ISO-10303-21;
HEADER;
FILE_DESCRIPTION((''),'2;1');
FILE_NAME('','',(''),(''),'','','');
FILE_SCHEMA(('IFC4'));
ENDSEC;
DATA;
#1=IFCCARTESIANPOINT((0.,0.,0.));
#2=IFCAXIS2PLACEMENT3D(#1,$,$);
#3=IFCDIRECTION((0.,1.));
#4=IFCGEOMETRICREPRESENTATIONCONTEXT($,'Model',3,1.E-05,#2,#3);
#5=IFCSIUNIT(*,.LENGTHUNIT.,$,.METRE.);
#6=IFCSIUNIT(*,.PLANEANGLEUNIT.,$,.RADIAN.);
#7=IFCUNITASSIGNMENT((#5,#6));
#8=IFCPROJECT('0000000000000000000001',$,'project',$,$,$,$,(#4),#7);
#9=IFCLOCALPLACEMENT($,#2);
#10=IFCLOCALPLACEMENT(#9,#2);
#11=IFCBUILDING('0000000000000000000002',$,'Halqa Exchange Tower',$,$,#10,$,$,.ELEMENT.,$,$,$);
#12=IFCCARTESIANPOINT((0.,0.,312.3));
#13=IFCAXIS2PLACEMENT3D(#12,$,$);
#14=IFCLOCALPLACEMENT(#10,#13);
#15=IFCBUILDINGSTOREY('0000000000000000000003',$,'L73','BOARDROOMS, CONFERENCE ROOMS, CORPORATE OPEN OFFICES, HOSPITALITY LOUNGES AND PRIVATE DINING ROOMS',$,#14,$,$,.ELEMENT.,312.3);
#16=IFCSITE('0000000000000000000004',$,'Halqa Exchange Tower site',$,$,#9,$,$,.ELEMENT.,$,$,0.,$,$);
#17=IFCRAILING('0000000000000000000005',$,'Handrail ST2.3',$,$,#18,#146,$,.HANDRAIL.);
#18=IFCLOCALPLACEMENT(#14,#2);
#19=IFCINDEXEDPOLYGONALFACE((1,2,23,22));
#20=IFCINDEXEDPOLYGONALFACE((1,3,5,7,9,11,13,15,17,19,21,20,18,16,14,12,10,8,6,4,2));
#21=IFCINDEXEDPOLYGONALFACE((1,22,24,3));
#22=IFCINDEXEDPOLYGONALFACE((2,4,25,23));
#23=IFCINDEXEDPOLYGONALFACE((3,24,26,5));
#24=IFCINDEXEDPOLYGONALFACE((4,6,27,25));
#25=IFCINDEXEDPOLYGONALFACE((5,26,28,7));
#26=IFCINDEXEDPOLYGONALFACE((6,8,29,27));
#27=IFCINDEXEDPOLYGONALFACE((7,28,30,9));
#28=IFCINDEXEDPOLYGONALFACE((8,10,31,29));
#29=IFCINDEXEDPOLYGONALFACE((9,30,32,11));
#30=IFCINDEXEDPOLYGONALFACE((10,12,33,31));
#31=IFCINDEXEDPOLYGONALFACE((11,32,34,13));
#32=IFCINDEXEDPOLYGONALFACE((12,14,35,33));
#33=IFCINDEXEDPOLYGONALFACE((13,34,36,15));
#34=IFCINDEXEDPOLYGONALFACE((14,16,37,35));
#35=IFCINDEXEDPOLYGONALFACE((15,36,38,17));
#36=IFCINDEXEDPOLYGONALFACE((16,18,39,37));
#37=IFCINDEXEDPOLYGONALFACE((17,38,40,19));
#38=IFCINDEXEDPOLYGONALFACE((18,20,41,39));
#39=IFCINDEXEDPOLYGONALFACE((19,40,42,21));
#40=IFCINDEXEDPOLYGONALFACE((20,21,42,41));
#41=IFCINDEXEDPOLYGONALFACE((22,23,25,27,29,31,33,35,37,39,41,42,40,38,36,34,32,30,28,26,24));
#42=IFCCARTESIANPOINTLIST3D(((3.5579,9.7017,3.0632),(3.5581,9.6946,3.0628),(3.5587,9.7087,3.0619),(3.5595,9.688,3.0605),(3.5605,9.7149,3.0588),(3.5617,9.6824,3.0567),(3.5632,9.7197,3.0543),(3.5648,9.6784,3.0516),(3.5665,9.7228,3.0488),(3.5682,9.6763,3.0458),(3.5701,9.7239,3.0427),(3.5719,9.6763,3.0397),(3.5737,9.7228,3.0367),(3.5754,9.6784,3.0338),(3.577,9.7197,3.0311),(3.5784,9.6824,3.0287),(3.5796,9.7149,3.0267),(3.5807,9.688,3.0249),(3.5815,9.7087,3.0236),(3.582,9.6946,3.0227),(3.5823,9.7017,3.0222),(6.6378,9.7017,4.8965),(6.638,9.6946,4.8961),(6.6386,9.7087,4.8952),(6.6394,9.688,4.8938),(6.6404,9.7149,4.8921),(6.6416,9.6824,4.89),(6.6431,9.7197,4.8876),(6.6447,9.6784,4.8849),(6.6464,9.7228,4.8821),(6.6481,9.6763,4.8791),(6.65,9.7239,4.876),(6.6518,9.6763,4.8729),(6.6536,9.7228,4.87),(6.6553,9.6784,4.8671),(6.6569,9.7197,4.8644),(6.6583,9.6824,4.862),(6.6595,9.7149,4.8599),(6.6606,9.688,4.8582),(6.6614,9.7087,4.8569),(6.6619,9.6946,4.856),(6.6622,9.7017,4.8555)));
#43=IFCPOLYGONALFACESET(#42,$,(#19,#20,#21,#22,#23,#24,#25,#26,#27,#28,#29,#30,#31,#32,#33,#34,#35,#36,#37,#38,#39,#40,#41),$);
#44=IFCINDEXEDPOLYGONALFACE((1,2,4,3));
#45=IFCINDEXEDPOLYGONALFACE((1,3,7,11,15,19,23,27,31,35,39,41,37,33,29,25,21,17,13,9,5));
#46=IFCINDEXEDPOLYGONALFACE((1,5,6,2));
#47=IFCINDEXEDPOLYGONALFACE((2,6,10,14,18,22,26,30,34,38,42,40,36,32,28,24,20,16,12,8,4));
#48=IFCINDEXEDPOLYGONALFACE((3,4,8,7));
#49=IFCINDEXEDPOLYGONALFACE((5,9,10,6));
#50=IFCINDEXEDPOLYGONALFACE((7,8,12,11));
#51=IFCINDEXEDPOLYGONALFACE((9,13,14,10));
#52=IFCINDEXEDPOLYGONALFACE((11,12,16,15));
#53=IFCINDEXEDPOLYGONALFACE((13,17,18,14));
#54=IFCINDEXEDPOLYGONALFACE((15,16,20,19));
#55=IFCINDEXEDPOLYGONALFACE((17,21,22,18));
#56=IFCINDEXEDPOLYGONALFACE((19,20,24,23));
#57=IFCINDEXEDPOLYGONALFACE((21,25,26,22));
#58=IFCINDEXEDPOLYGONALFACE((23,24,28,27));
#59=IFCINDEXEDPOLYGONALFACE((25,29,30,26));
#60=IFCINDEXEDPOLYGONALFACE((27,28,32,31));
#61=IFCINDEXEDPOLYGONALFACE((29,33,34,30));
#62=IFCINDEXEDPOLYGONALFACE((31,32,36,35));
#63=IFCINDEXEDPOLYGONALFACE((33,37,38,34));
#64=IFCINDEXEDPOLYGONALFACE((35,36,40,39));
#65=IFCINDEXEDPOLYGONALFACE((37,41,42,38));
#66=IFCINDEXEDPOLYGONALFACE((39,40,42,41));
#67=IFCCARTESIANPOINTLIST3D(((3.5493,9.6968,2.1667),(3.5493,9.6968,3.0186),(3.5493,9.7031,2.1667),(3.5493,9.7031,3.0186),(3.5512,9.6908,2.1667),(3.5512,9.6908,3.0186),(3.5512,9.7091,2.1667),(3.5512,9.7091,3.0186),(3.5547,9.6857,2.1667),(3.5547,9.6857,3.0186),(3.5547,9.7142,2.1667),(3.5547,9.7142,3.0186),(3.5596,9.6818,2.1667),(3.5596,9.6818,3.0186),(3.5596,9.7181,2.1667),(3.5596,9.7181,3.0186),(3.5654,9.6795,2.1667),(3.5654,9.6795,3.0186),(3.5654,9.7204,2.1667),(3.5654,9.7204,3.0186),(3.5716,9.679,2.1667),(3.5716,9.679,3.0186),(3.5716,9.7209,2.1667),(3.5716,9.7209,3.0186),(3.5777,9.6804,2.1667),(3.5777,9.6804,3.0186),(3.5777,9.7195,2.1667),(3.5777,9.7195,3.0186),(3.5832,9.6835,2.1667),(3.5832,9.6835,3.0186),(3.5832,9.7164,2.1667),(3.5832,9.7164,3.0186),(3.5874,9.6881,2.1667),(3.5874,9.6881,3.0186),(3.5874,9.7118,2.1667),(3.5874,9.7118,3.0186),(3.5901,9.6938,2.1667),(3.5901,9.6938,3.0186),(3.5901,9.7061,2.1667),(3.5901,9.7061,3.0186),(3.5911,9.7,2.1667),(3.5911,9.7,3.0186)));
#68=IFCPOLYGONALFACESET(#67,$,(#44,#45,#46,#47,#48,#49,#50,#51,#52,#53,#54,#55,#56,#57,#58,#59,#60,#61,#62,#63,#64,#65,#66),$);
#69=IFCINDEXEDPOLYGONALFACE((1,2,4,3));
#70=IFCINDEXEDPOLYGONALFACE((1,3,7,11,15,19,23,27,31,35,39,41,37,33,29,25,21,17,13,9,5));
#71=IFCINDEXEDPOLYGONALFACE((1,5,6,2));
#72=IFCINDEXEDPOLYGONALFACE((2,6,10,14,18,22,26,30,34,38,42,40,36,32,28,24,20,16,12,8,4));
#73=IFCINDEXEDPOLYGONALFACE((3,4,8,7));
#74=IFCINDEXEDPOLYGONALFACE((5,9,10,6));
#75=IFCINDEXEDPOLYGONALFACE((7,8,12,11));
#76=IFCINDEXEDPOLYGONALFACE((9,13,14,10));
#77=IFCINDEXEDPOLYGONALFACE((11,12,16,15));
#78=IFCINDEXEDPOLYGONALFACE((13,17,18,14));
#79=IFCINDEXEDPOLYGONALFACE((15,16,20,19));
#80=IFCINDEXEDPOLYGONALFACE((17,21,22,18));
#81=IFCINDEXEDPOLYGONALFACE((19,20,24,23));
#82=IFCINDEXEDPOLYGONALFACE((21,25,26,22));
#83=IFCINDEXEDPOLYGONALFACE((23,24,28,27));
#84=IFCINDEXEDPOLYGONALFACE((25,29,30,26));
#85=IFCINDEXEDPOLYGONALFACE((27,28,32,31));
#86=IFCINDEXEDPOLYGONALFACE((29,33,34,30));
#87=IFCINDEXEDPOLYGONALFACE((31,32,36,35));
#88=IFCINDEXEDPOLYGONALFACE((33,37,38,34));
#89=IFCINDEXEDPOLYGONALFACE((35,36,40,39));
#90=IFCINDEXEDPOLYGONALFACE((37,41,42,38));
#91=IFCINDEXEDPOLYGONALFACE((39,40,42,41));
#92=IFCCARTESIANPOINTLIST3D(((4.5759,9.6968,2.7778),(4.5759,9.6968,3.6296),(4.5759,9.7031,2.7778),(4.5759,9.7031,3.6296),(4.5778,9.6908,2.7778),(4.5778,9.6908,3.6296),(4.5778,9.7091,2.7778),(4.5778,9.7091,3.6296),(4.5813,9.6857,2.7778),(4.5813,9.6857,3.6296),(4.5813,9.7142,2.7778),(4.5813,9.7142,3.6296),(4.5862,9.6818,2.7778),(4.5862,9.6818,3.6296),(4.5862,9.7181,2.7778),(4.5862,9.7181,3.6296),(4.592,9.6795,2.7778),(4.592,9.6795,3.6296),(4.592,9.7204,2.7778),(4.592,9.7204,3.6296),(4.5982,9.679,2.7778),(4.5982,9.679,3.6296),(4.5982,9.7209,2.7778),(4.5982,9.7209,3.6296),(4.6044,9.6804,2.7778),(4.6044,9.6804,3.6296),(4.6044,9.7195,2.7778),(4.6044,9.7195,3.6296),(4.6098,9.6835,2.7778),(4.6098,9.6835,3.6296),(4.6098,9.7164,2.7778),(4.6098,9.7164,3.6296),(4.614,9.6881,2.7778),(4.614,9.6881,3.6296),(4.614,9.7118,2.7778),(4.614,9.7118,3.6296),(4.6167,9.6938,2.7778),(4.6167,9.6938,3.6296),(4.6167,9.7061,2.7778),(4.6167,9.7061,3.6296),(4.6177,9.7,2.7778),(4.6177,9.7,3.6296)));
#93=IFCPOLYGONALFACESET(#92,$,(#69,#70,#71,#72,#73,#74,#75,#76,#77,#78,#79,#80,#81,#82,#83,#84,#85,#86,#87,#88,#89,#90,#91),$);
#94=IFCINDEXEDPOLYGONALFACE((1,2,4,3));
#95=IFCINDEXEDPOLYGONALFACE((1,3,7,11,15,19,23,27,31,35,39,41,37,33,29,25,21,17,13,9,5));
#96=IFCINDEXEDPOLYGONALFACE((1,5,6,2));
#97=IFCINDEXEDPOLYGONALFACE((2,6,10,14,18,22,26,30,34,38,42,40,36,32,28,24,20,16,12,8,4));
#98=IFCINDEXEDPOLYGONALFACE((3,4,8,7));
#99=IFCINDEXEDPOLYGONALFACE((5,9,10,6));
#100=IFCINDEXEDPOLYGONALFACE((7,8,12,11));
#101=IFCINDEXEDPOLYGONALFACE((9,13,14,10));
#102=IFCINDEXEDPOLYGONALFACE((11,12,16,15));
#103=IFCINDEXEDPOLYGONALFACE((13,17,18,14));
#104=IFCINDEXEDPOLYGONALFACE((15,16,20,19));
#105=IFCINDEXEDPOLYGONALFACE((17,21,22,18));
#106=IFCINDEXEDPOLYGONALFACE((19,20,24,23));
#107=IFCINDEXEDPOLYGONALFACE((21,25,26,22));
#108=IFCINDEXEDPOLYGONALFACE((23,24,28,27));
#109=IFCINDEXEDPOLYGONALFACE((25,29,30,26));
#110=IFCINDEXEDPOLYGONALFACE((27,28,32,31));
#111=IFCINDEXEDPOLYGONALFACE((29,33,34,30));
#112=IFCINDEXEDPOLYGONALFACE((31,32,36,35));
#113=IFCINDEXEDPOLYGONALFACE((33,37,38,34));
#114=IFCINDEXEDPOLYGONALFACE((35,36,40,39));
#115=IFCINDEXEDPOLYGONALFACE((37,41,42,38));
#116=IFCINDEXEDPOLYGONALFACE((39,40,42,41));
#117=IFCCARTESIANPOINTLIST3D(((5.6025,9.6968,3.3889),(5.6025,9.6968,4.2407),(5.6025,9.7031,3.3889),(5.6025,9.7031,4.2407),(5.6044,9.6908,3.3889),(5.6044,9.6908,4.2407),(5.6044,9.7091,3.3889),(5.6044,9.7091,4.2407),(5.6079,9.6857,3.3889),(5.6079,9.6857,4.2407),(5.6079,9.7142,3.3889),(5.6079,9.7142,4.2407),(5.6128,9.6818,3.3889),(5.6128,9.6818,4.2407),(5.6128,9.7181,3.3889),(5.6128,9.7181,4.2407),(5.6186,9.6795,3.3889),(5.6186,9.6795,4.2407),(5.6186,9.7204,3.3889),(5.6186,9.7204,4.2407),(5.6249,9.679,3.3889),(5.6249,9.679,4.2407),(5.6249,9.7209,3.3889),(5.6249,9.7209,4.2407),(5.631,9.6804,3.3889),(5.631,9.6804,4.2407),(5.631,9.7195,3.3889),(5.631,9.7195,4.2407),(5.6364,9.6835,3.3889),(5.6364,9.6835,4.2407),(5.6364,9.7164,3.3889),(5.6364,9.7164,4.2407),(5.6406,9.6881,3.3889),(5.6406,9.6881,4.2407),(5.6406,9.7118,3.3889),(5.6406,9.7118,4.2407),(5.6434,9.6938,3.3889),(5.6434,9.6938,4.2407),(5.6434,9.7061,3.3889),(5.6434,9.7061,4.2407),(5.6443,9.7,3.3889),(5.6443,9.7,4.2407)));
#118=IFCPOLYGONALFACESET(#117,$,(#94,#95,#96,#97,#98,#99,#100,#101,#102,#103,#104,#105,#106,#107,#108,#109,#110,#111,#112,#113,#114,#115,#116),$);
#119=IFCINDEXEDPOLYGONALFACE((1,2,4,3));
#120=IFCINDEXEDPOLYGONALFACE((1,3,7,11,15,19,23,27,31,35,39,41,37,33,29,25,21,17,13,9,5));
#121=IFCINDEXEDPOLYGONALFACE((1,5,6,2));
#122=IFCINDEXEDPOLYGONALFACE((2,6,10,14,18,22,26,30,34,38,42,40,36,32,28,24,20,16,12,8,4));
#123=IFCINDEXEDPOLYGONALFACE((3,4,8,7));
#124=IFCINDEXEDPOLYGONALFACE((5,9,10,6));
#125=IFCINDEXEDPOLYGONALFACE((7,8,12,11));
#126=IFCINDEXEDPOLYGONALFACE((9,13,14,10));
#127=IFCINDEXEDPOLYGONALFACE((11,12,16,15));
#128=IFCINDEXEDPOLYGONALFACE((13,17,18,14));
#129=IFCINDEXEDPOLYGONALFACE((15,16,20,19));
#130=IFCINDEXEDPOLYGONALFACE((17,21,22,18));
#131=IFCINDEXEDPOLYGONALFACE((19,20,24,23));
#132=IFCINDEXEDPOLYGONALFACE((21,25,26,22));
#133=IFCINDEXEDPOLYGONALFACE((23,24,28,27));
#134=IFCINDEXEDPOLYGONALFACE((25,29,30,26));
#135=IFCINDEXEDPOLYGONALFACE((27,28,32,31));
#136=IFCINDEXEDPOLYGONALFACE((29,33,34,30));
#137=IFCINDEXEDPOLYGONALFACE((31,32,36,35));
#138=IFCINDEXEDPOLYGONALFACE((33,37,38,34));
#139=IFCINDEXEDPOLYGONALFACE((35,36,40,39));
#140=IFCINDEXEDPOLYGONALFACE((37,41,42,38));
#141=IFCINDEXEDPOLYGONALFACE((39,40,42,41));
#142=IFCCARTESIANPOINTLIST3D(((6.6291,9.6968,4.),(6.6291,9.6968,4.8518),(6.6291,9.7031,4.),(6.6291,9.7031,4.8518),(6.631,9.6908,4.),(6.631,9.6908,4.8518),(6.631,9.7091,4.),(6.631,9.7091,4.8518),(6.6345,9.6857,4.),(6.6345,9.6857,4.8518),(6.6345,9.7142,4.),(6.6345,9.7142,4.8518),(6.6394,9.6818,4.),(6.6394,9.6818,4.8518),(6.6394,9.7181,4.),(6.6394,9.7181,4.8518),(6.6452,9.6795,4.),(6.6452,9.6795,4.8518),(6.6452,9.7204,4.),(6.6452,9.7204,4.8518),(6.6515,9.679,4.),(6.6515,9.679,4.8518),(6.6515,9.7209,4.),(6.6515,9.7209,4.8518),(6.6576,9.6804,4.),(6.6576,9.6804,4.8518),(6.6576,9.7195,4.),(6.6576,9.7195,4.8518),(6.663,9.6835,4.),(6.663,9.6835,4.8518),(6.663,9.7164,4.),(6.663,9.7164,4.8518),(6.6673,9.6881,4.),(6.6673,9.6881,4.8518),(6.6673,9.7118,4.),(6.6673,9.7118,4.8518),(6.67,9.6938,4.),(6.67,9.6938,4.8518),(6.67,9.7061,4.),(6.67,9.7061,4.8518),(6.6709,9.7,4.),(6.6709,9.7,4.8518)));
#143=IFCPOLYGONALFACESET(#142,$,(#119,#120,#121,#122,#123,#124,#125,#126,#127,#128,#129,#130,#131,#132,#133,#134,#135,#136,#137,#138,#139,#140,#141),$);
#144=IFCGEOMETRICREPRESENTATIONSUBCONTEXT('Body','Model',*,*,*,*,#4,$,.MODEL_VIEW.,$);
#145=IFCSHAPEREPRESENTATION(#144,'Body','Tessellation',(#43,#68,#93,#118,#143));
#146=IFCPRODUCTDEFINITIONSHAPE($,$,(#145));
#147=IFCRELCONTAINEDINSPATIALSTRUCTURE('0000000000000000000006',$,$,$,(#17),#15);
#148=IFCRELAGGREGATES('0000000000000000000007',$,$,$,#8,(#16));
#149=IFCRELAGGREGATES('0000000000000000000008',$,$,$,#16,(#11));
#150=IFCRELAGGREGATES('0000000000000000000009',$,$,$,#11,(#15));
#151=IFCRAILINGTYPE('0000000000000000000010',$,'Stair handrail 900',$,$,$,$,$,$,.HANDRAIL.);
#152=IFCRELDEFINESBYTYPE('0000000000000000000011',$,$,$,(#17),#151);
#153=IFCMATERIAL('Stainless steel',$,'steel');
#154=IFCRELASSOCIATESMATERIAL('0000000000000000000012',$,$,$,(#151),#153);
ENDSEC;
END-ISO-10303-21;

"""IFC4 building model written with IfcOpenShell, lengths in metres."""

from ifc_helpers import new_model, si_unit, direction, frame, origin, origin_2d, place, context, subcontext, project, spatial, circle, extrude, material, type_object, element, save


model = new_model("IFC4")

# Units and contexts
model_context = context("Model", 3, precision=1e-05, world=origin(), true_north=direction((0.0, 1.0)))
body_context = subcontext(model_context, "Body", "Model", "MODEL_VIEW")
ifc_project = project(units=[si_unit("LENGTHUNIT", "METRE"), si_unit("PLANEANGLEUNIT", "RADIAN")], contexts=[model_context])

# Site, building, storey
site_placement = place(None, origin())
site = spatial("IfcSite", under=ifc_project, at=site_placement, Name="Halqa Exchange Tower site", CompositionType="ELEMENT", RefElevation=0.0)
building_placement = place(site_placement, origin())
building = spatial("IfcBuilding", under=site, at=building_placement, Name="Halqa Exchange Tower", CompositionType="ELEMENT")
storey_placement = place(building_placement, frame((0.0, 0.0, 312.3)))
storey = spatial("IfcBuildingStorey", under=building, at=storey_placement, Name="L73", Description="BOARDROOMS, CONFERENCE ROOMS, CORPORATE OPEN OFFICES, HOSPITALITY LOUNGES AND PRIVATE DINING ROOMS", CompositionType="ELEMENT", Elevation=312.3)

# Railing
ifc_material_1 = material(Name="Stainless steel", Category="steel")
railing_type_1 = type_object("IfcRailingType", Name="Stair handrail 900", PredefinedType="HANDRAIL", material=ifc_material_1)
railing_1_placement = place(storey_placement, frame((3.5701, 9.7, 2.1667)))
element("IfcRailing", 1, at=railing_1_placement, inside=storey, type_object=railing_type_1, Name="Handrail ST2.3", PredefinedType="HANDRAIL", context=body_context, shape_type="SweptSolid", body=[
    extrude(circle(Radius=0.0239, at=origin_2d()), frame((0.0, 0.0, 0.876), z_axis=(0.859291, 0.0, 0.511487), x_axis=(0.0, 1.0, 0.0)), (0.0, 0.0, 1.0), 3.5842),
    extrude(circle(Radius=0.021, at=origin_2d()), origin(), (0.0, 0.0, 1.0), 0.8518),
    extrude(circle(Radius=0.021, at=origin_2d()), frame((1.0266, 0.0, 0.6111)), (0.0, 0.0, 1.0), 0.8518),
    extrude(circle(Radius=0.021, at=origin_2d()), frame((2.0532, 0.0, 1.2222)), (0.0, 0.0, 1.0), 0.8518),
    extrude(circle(Radius=0.021, at=origin_2d()), frame((3.0798, 0.0, 1.8333)), (0.0, 0.0, 1.0), 0.8518),
])

save(model, "model.ifc")
